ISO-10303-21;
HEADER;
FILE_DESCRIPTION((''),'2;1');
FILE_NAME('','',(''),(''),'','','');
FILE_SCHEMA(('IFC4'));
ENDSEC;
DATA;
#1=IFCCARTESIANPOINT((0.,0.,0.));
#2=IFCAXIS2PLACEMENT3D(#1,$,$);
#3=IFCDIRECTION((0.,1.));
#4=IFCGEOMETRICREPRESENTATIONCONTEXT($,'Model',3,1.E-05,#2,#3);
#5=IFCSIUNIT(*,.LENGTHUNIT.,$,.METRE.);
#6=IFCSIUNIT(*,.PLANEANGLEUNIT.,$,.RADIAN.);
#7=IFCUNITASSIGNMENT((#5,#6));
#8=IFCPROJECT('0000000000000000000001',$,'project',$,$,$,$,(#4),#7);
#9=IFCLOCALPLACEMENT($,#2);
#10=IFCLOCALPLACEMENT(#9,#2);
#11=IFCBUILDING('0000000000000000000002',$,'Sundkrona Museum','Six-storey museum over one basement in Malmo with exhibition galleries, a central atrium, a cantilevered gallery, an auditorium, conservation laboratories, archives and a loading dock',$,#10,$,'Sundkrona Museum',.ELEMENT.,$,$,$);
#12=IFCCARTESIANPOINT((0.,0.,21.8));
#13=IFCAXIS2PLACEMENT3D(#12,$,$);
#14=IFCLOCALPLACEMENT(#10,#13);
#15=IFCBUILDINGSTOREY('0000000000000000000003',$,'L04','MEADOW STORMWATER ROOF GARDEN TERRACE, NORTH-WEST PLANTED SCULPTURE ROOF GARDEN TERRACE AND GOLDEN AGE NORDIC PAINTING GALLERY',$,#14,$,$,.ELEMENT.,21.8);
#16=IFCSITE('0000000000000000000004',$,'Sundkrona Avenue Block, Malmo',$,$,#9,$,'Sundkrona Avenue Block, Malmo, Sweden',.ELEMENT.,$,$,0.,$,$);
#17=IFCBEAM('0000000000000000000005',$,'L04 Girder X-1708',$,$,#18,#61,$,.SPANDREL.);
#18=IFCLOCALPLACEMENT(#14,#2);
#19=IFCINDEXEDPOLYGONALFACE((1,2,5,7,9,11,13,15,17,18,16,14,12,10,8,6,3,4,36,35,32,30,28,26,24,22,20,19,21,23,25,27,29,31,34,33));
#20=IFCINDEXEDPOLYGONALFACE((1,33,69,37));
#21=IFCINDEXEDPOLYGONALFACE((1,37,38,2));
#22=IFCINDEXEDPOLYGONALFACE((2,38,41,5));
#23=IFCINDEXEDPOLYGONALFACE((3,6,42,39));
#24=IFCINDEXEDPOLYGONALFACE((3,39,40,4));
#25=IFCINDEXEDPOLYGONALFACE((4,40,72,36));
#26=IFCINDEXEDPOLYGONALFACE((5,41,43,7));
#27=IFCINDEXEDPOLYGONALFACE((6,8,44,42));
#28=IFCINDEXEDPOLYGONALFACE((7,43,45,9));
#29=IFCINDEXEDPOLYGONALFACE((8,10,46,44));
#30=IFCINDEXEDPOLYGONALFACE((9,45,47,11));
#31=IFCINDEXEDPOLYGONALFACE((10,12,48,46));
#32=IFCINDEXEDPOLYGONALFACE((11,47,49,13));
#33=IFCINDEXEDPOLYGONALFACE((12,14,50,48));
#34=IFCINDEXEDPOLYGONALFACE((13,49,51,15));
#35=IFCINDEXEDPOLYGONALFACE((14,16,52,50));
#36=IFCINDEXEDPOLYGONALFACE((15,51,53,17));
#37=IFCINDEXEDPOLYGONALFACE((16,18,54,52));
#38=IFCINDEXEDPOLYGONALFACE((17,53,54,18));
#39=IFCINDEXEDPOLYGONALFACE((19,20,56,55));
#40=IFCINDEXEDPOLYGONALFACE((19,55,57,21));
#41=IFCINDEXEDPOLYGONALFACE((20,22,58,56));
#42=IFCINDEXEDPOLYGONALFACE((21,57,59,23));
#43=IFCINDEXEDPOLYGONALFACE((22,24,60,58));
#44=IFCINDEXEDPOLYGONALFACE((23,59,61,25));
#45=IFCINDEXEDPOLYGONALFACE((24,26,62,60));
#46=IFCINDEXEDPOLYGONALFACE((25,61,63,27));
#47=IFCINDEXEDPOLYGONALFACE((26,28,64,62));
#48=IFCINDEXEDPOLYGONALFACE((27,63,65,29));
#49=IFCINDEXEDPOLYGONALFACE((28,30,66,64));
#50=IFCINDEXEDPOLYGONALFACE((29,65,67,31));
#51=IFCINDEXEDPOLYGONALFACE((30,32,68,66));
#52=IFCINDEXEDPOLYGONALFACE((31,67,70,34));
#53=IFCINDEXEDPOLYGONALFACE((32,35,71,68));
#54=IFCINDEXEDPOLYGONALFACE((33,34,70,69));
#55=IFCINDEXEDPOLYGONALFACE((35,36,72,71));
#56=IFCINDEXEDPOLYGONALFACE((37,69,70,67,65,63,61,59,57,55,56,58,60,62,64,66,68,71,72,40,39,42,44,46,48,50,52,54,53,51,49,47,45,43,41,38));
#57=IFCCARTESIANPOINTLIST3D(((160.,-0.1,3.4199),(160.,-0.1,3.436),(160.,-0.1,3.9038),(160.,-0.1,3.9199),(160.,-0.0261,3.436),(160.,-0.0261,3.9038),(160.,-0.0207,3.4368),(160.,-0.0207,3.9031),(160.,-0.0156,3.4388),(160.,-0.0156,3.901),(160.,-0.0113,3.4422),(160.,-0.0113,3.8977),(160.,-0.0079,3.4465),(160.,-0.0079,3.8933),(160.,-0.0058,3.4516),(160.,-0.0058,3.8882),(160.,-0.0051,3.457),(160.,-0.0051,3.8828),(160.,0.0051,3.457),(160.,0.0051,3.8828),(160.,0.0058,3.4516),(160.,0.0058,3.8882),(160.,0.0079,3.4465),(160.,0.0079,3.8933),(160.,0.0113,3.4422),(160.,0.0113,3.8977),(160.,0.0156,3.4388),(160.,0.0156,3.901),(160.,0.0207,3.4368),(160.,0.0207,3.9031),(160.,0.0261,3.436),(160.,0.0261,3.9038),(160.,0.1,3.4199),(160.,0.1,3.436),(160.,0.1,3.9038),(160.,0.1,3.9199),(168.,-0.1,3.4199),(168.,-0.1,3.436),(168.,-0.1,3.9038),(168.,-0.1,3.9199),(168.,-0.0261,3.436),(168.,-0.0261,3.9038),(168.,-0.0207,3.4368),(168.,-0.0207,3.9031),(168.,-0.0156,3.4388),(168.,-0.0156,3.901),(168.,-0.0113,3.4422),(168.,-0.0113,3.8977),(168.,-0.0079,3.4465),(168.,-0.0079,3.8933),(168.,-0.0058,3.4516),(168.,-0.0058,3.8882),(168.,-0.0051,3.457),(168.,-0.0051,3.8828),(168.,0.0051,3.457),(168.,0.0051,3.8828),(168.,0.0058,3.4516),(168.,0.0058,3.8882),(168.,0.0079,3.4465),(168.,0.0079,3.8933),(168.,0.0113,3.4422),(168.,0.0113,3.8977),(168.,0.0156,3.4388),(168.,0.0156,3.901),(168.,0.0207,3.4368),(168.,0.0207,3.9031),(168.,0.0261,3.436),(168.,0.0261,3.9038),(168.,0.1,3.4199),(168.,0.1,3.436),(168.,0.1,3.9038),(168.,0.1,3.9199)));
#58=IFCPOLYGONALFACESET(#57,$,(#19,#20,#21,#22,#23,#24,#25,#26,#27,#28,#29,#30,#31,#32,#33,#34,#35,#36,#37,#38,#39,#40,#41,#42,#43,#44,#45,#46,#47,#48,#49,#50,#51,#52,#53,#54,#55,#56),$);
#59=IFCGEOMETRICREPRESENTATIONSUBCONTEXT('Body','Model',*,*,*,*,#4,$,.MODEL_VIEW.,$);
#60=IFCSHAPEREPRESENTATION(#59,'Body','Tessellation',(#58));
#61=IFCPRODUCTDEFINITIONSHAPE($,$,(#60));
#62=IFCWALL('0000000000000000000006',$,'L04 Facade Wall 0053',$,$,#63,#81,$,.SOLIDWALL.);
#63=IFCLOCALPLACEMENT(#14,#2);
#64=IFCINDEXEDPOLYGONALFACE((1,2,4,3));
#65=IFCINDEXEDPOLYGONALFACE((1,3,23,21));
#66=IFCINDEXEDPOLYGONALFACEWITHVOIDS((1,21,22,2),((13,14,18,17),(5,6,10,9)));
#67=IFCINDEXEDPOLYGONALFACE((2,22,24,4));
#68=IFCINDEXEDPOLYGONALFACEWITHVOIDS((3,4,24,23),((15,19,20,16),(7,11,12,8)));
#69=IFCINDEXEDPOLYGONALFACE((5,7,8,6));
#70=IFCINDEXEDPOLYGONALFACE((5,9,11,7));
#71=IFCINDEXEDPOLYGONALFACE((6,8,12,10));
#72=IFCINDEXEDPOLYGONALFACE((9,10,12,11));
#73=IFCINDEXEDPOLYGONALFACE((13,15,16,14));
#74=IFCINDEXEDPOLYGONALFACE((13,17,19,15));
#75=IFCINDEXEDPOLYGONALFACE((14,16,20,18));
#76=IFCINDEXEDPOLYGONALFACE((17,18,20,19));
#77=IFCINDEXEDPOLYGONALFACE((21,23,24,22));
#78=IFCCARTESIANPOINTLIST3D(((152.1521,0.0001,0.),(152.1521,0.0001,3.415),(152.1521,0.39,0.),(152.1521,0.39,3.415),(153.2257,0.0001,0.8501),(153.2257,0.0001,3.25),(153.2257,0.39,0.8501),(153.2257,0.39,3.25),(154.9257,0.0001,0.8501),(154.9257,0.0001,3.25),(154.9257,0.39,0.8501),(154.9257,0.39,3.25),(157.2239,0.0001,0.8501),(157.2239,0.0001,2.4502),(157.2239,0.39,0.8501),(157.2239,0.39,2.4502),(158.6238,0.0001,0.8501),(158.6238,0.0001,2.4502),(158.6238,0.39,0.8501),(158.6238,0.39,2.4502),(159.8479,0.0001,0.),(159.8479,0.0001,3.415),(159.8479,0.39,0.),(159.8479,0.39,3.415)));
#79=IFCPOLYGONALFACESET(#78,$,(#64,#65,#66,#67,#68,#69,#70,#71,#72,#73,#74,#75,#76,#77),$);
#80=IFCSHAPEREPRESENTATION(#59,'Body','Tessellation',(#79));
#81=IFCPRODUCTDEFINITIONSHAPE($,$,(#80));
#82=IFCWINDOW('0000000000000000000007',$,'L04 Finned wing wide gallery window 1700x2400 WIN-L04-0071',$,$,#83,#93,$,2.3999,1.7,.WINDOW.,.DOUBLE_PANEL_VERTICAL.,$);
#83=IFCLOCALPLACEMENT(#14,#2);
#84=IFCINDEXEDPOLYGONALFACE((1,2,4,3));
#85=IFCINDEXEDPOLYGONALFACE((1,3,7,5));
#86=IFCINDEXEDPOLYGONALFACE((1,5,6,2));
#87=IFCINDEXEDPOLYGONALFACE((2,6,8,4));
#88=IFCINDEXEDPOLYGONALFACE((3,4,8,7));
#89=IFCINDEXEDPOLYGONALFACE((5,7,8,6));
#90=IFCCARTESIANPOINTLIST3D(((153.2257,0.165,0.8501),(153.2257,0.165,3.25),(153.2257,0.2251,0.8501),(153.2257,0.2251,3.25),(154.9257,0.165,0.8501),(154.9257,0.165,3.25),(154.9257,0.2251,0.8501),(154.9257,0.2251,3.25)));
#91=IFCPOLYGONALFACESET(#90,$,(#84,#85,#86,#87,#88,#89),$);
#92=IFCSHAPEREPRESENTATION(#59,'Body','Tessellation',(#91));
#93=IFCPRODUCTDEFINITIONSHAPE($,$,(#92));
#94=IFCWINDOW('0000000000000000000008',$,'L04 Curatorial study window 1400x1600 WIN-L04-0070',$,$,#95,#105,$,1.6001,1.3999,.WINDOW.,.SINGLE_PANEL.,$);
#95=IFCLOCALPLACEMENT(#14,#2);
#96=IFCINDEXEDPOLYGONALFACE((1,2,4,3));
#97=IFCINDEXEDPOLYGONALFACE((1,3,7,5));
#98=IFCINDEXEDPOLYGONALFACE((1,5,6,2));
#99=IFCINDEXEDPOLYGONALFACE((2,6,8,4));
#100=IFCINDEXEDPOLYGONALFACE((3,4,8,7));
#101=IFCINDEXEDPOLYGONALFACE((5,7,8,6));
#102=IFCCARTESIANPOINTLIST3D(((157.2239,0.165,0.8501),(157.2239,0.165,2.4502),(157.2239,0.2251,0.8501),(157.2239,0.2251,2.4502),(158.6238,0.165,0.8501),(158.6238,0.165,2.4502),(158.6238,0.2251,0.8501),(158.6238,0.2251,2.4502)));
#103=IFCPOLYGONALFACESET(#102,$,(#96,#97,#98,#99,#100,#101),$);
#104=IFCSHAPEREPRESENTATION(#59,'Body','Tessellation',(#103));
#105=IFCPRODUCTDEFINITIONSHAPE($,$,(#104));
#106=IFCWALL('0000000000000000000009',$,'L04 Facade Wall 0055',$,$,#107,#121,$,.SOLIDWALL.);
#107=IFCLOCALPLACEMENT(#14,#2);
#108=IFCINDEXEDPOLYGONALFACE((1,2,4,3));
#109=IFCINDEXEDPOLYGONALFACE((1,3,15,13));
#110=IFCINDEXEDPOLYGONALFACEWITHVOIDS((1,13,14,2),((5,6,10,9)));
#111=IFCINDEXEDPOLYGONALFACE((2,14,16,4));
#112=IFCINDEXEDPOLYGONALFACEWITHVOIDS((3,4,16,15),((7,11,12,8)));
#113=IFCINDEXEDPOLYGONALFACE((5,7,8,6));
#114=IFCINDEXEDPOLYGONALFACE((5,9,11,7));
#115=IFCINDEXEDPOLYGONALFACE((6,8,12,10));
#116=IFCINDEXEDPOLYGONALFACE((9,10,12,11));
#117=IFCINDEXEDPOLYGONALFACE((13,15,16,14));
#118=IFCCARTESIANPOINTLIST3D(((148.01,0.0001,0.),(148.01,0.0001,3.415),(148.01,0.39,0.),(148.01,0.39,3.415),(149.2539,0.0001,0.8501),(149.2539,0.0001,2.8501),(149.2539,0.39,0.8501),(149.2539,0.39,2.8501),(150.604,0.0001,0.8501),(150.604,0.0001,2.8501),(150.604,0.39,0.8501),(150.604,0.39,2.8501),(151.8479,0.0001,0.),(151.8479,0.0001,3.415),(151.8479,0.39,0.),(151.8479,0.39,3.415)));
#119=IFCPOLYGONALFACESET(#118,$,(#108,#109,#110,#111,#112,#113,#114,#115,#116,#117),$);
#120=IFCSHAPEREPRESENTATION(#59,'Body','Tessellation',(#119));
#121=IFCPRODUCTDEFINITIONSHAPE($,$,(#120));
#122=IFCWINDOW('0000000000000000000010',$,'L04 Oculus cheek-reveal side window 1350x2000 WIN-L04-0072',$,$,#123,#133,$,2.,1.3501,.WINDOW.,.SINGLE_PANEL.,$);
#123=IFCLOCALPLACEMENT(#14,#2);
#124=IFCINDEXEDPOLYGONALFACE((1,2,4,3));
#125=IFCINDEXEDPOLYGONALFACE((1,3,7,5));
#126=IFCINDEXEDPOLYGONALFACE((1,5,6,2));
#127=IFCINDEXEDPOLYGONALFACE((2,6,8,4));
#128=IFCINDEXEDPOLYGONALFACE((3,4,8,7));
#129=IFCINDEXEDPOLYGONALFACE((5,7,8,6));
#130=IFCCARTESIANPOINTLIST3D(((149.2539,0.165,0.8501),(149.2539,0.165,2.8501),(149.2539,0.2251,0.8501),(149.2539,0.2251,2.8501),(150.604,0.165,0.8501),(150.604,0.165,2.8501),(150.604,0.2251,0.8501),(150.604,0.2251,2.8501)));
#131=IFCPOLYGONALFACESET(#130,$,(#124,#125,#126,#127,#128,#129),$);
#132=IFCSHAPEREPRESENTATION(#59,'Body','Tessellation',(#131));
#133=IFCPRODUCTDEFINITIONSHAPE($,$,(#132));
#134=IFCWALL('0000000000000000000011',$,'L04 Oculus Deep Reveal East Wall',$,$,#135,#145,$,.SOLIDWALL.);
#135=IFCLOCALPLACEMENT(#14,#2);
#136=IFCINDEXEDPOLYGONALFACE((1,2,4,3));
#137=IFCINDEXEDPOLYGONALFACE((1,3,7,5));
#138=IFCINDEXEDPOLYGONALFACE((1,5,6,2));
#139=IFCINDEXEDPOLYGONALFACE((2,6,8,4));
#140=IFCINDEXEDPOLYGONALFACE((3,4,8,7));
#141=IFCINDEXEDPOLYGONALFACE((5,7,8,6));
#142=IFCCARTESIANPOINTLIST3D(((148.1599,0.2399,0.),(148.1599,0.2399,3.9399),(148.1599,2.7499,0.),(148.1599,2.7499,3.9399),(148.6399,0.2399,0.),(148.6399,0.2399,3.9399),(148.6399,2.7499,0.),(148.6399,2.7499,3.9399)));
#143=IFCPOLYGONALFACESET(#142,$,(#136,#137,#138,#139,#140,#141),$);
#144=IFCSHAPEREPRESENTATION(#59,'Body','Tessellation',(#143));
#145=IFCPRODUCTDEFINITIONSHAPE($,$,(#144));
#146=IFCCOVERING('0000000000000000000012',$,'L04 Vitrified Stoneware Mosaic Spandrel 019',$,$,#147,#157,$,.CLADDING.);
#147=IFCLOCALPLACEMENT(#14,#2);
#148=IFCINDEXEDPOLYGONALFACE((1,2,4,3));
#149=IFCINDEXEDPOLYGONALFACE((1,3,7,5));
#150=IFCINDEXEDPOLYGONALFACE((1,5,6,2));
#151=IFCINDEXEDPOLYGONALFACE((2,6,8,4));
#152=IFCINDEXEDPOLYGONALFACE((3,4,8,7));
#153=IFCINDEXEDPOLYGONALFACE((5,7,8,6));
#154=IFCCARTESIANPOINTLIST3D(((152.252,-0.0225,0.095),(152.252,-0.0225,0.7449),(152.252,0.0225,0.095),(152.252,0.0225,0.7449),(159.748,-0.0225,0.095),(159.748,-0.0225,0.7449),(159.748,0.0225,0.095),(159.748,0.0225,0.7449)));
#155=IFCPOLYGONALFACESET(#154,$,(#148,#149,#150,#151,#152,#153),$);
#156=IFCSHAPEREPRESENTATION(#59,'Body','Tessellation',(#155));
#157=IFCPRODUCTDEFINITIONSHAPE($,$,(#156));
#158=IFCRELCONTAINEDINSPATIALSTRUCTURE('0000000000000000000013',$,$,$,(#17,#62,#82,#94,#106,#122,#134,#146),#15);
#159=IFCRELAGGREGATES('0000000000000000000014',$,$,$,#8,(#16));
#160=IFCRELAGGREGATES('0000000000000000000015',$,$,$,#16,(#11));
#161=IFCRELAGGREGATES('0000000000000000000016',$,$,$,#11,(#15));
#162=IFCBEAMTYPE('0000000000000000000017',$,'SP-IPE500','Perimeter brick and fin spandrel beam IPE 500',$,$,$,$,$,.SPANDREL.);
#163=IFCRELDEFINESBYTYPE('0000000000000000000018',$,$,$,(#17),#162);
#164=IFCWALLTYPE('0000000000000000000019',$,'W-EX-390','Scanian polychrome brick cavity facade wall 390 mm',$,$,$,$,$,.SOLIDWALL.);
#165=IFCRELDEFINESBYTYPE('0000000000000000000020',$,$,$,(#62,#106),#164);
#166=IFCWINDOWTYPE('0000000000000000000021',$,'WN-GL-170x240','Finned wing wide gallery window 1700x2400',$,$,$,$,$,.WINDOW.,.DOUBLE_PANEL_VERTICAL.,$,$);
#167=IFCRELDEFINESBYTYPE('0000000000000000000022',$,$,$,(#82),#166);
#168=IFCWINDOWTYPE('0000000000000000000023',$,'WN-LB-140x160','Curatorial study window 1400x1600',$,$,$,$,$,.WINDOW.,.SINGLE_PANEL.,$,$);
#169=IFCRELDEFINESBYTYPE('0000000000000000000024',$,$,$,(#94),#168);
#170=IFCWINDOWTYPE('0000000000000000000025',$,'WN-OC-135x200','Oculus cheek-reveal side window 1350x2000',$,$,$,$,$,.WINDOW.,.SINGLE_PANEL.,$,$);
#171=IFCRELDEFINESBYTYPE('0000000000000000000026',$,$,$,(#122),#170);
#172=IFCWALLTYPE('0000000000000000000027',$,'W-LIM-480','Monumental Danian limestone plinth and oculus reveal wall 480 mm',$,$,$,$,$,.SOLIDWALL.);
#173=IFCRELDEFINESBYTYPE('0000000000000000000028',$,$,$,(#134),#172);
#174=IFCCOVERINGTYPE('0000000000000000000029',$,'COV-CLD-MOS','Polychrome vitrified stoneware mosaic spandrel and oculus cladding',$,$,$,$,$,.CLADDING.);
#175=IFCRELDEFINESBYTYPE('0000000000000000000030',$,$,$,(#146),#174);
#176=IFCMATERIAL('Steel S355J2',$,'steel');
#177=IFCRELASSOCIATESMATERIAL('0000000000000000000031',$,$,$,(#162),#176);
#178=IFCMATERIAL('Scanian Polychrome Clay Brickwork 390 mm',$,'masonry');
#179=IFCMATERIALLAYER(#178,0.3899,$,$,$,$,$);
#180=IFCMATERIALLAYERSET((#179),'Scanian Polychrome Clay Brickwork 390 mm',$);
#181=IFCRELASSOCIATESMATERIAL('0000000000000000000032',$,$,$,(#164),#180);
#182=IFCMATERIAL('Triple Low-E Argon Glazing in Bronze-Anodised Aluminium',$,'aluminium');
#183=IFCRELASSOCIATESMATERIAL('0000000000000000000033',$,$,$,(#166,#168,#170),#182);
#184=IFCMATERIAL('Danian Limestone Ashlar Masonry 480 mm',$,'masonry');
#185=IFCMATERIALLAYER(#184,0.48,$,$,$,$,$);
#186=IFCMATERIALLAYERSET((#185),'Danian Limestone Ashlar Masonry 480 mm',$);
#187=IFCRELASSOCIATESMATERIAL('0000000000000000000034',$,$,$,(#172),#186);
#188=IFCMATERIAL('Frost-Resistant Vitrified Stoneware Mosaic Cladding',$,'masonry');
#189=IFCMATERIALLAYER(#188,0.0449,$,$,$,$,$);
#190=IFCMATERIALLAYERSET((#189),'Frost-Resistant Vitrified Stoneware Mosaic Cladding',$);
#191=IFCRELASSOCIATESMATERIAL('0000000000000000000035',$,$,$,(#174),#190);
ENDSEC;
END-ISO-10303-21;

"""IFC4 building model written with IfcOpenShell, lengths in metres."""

from ifc_helpers import new_model, si_unit, direction, frame, frame_2d, origin, origin_2d, place, context, subcontext, project, spatial, rectangle, i_section, extrude, material, layer, layer_set, material_profile, profile_set, type_object, element, fill, save


model = new_model("IFC4")

# Units and contexts
model_context = context("Model", 3, precision=1e-05, world=origin(), true_north=direction((0.0, 1.0)))
body_context = subcontext(model_context, "Body", "Model", "MODEL_VIEW")
ifc_project = project(units=[si_unit("LENGTHUNIT", "METRE"), si_unit("PLANEANGLEUNIT", "RADIAN")], contexts=[model_context])

# Site, building, storey
site_placement = place(None, origin())
site = spatial("IfcSite", under=ifc_project, at=site_placement, Name="Sundkrona Avenue Block, Malmo", LongName="Sundkrona Avenue Block, Malmo, Sweden", CompositionType="ELEMENT", RefElevation=0.0)
building_placement = place(site_placement, origin())
building = spatial("IfcBuilding", under=site, at=building_placement, Name="Sundkrona Museum", Description="Six-storey museum over one basement in Malmo with exhibition galleries, a central atrium, a cantilevered gallery, an auditorium, conservation laboratories, archives and a loading dock", LongName="Sundkrona Museum", CompositionType="ELEMENT")
storey_placement = place(building_placement, frame((0.0, 0.0, 21.8)))
storey = spatial("IfcBuildingStorey", under=building, at=storey_placement, Name="L04", Description="MEADOW STORMWATER ROOF GARDEN TERRACE, NORTH-WEST PLANTED SCULPTURE ROOF GARDEN TERRACE AND GOLDEN AGE NORDIC PAINTING GALLERY", CompositionType="ELEMENT", Elevation=21.8)

# Shared definitions
ifc_material_1 = material(Name="Steel S355J2", Category="steel")

# Beam
ifc_material_profile_1 = material_profile(ifc_material_1, i_section(OverallWidth=0.2, OverallDepth=0.5, WebThickness=0.0103, FlangeThickness=0.0161, FilletRadius=0.021, at=origin_2d()), Name="IPE 500")
ifc_profile_set_1 = profile_set([ifc_material_profile_1], Name="Steel S355J2")
beam_type_1 = type_object("IfcBeamType", Name="SP-IPE500", Description="Perimeter brick and fin spandrel beam IPE 500", PredefinedType="SPANDREL", material=ifc_profile_set_1)
for number, where, z_axis, x_axis, name in (
    (1, (160.0, 0.0, 3.6699), (1.0, 0.0, 0.0), (0.0, 1.0, 0.0), "L04 Girder X-1708"),
):
    element("IfcBeam", number, at=place(storey_placement, frame(where, z_axis=z_axis, x_axis=x_axis)), inside=storey, type_object=beam_type_1, Name=name, PredefinedType="SPANDREL", context=body_context, shape_type="SweptSolid", body=[
        extrude(i_section(OverallWidth=0.2, OverallDepth=0.5, WebThickness=0.0103, FlangeThickness=0.0161, FilletRadius=0.021, at=origin_2d()), origin(), (0.0, 0.0, 1.0), 8.0),
    ])

# Wall, openings, windows
ifc_material_2 = material(Name="Scanian Polychrome Clay Brickwork 390 mm", Category="masonry")
ifc_layer_1 = layer(ifc_material_2, 0.3899)
ifc_layer_set_1 = layer_set([ifc_layer_1], Name="Scanian Polychrome Clay Brickwork 390 mm")
wall_type_1 = type_object("IfcWallType", Name="W-EX-390", Description="Scanian polychrome brick cavity facade wall 390 mm", PredefinedType="SOLIDWALL", material=ifc_layer_set_1)
wall_1_placement = place(storey_placement, frame((159.8479, 0.1951, 0.0), z_axis=(0.0, 0.0, 1.0), x_axis=(-1.0, 0.0, 0.0)))
wall_1 = element("IfcWall", 2, at=wall_1_placement, inside=storey, type_object=wall_type_1, Name="L04 Facade Wall 0053", PredefinedType="SOLIDWALL", context=body_context, shape_type="SweptSolid", body=[
    extrude(rectangle(XDim=7.6958, YDim=0.3899, at=frame_2d((3.8479, 0.0))), origin(), (0.0, 0.0, 1.0), 3.415),
])
opening_1_placement = place(wall_1_placement, frame((1.2241, 0.0, 0.8501)))
opening_1 = element("IfcOpeningElement", 3, at=opening_1_placement, cuts=wall_1, PredefinedType="OPENING", context=body_context, shape_type="SweptSolid", body=[
    extrude(rectangle(XDim=1.3999, YDim=1.6001, at=frame_2d((0.7, 0.8))), frame((0.0, 0.2048, 0.0), z_axis=(0.0, -1.0, 0.0), x_axis=(1.0, 0.0, 0.0)), (0.0, 0.0, 1.0), 0.4099),
])
opening_2_placement = place(wall_1_placement, frame((4.9221, 0.0, 0.8501)))
opening_2 = element("IfcOpeningElement", 4, at=opening_2_placement, cuts=wall_1, PredefinedType="OPENING", context=body_context, shape_type="SweptSolid", body=[
    extrude(rectangle(XDim=1.7, YDim=2.3999, at=frame_2d((0.8501, 1.2))), frame((0.0, 0.2048, 0.0), z_axis=(0.0, -1.0, 0.0), x_axis=(1.0, 0.0, 0.0)), (0.0, 0.0, 1.0), 0.4099),
])
ifc_material_3 = material(Name="Triple Low-E Argon Glazing in Bronze-Anodised Aluminium", Category="aluminium")
window_type_1 = type_object("IfcWindowType", Name="WN-GL-170x240", Description="Finned wing wide gallery window 1700x2400", PartitioningType="DOUBLE_PANEL_VERTICAL", PredefinedType="WINDOW", material=ifc_material_3)
window_1_placement = place(opening_2_placement, origin())
window_1 = element("IfcWindow", 5, at=window_1_placement, inside=storey, type_object=window_type_1, Name="L04 Finned wing wide gallery window 1700x2400 WIN-L04-0071", OverallHeight=2.3999, OverallWidth=1.7, PartitioningType="DOUBLE_PANEL_VERTICAL", PredefinedType="WINDOW", context=body_context, shape_type="SweptSolid", body=[
    extrude(rectangle(XDim=1.7, YDim=2.3999, at=frame_2d((0.8501, 1.2))), frame((0.0, 0.03, 0.0), z_axis=(0.0, -1.0, 0.0), x_axis=(1.0, 0.0, 0.0)), (0.0, 0.0, 1.0), 0.0601),
])
fill(opening_2, window_1)
window_type_2 = type_object("IfcWindowType", Name="WN-LB-140x160", Description="Curatorial study window 1400x1600", PartitioningType="SINGLE_PANEL", PredefinedType="WINDOW", material=ifc_material_3)
window_2_placement = place(opening_1_placement, origin())
window_2 = element("IfcWindow", 6, at=window_2_placement, inside=storey, type_object=window_type_2, Name="L04 Curatorial study window 1400x1600 WIN-L04-0070", OverallHeight=1.6001, OverallWidth=1.3999, PartitioningType="SINGLE_PANEL", PredefinedType="WINDOW", context=body_context, shape_type="SweptSolid", body=[
    extrude(rectangle(XDim=1.3999, YDim=1.6001, at=frame_2d((0.7, 0.8))), frame((0.0, 0.03, 0.0), z_axis=(0.0, -1.0, 0.0), x_axis=(1.0, 0.0, 0.0)), (0.0, 0.0, 1.0), 0.0601),
])
fill(opening_1, window_2)

# Wall, opening, window
wall_2_placement = place(storey_placement, frame((151.8479, 0.1951, 0.0), z_axis=(0.0, 0.0, 1.0), x_axis=(-1.0, 0.0, 0.0)))
wall_2 = element("IfcWall", 7, at=wall_2_placement, inside=storey, type_object=wall_type_1, Name="L04 Facade Wall 0055", PredefinedType="SOLIDWALL", context=body_context, shape_type="SweptSolid", body=[
    extrude(rectangle(XDim=3.8379, YDim=0.3899, at=frame_2d((1.9189, 0.0))), origin(), (0.0, 0.0, 1.0), 3.415),
])
opening_3_placement = place(wall_2_placement, frame((1.2439, 0.0, 0.8501)))
opening_3 = element("IfcOpeningElement", 8, at=opening_3_placement, cuts=wall_2, PredefinedType="OPENING", context=body_context, shape_type="SweptSolid", body=[
    extrude(rectangle(XDim=1.3501, YDim=2.0, at=frame_2d((0.675, 1.0))), frame((0.0, 0.2048, 0.0), z_axis=(0.0, -1.0, 0.0), x_axis=(1.0, 0.0, 0.0)), (0.0, 0.0, 1.0), 0.4099),
])
window_type_3 = type_object("IfcWindowType", Name="WN-OC-135x200", Description="Oculus cheek-reveal side window 1350x2000", PartitioningType="SINGLE_PANEL", PredefinedType="WINDOW", material=ifc_material_3)
window_3_placement = place(opening_3_placement, origin())
window_3 = element("IfcWindow", 9, at=window_3_placement, inside=storey, type_object=window_type_3, Name="L04 Oculus cheek-reveal side window 1350x2000 WIN-L04-0072", OverallHeight=2.0, OverallWidth=1.3501, PartitioningType="SINGLE_PANEL", PredefinedType="WINDOW", context=body_context, shape_type="SweptSolid", body=[
    extrude(rectangle(XDim=1.3501, YDim=2.0, at=frame_2d((0.675, 1.0))), frame((0.0, 0.03, 0.0), z_axis=(0.0, -1.0, 0.0), x_axis=(1.0, 0.0, 0.0)), (0.0, 0.0, 1.0), 0.0601),
])
fill(opening_3, window_3)

# Wall
ifc_material_4 = material(Name="Danian Limestone Ashlar Masonry 480 mm", Category="masonry")
ifc_layer_2 = layer(ifc_material_4, 0.48)
ifc_layer_set_2 = layer_set([ifc_layer_2], Name="Danian Limestone Ashlar Masonry 480 mm")
wall_type_2 = type_object("IfcWallType", Name="W-LIM-480", Description="Monumental Danian limestone plinth and oculus reveal wall 480 mm", PredefinedType="SOLIDWALL", material=ifc_layer_set_2)
wall_3_placement = place(storey_placement, frame((148.3999, 0.24, 0.0), z_axis=(0.0, 0.0, 1.0), x_axis=(0.0, 1.0, 0.0)))
element("IfcWall", 10, at=wall_3_placement, inside=storey, type_object=wall_type_2, Name="L04 Oculus Deep Reveal East Wall", PredefinedType="SOLIDWALL", context=body_context, shape_type="SweptSolid", body=[
    extrude(rectangle(XDim=2.51, YDim=0.48, at=frame_2d((1.2549, 0.0))), origin(), (0.0, 0.0, 1.0), 3.9399),
])

# Covering
ifc_material_5 = material(Name="Frost-Resistant Vitrified Stoneware Mosaic Cladding", Category="masonry")
ifc_layer_3 = layer(ifc_material_5, 0.0449)
ifc_layer_set_3 = layer_set([ifc_layer_3], Name="Frost-Resistant Vitrified Stoneware Mosaic Cladding")
covering_type = type_object("IfcCoveringType", Name="COV-CLD-MOS", Description="Polychrome vitrified stoneware mosaic spandrel and oculus cladding", PredefinedType="CLADDING", material=ifc_layer_set_3)
covering_placement = place(storey_placement, frame((156.0, 0.0, 0.095), z_axis=(0.0, 0.0, 1.0), x_axis=(1.0, 0.0, 0.0)))
element("IfcCovering", 11, at=covering_placement, inside=storey, type_object=covering_type, Name="L04 Vitrified Stoneware Mosaic Spandrel 019", PredefinedType="CLADDING", context=body_context, shape_type="SweptSolid", body=[
    extrude(rectangle(XDim=7.4961, YDim=0.0449, at=origin_2d()), origin(), (0.0, 0.0, 1.0), 0.6499),
])

save(model, "model.ifc")
